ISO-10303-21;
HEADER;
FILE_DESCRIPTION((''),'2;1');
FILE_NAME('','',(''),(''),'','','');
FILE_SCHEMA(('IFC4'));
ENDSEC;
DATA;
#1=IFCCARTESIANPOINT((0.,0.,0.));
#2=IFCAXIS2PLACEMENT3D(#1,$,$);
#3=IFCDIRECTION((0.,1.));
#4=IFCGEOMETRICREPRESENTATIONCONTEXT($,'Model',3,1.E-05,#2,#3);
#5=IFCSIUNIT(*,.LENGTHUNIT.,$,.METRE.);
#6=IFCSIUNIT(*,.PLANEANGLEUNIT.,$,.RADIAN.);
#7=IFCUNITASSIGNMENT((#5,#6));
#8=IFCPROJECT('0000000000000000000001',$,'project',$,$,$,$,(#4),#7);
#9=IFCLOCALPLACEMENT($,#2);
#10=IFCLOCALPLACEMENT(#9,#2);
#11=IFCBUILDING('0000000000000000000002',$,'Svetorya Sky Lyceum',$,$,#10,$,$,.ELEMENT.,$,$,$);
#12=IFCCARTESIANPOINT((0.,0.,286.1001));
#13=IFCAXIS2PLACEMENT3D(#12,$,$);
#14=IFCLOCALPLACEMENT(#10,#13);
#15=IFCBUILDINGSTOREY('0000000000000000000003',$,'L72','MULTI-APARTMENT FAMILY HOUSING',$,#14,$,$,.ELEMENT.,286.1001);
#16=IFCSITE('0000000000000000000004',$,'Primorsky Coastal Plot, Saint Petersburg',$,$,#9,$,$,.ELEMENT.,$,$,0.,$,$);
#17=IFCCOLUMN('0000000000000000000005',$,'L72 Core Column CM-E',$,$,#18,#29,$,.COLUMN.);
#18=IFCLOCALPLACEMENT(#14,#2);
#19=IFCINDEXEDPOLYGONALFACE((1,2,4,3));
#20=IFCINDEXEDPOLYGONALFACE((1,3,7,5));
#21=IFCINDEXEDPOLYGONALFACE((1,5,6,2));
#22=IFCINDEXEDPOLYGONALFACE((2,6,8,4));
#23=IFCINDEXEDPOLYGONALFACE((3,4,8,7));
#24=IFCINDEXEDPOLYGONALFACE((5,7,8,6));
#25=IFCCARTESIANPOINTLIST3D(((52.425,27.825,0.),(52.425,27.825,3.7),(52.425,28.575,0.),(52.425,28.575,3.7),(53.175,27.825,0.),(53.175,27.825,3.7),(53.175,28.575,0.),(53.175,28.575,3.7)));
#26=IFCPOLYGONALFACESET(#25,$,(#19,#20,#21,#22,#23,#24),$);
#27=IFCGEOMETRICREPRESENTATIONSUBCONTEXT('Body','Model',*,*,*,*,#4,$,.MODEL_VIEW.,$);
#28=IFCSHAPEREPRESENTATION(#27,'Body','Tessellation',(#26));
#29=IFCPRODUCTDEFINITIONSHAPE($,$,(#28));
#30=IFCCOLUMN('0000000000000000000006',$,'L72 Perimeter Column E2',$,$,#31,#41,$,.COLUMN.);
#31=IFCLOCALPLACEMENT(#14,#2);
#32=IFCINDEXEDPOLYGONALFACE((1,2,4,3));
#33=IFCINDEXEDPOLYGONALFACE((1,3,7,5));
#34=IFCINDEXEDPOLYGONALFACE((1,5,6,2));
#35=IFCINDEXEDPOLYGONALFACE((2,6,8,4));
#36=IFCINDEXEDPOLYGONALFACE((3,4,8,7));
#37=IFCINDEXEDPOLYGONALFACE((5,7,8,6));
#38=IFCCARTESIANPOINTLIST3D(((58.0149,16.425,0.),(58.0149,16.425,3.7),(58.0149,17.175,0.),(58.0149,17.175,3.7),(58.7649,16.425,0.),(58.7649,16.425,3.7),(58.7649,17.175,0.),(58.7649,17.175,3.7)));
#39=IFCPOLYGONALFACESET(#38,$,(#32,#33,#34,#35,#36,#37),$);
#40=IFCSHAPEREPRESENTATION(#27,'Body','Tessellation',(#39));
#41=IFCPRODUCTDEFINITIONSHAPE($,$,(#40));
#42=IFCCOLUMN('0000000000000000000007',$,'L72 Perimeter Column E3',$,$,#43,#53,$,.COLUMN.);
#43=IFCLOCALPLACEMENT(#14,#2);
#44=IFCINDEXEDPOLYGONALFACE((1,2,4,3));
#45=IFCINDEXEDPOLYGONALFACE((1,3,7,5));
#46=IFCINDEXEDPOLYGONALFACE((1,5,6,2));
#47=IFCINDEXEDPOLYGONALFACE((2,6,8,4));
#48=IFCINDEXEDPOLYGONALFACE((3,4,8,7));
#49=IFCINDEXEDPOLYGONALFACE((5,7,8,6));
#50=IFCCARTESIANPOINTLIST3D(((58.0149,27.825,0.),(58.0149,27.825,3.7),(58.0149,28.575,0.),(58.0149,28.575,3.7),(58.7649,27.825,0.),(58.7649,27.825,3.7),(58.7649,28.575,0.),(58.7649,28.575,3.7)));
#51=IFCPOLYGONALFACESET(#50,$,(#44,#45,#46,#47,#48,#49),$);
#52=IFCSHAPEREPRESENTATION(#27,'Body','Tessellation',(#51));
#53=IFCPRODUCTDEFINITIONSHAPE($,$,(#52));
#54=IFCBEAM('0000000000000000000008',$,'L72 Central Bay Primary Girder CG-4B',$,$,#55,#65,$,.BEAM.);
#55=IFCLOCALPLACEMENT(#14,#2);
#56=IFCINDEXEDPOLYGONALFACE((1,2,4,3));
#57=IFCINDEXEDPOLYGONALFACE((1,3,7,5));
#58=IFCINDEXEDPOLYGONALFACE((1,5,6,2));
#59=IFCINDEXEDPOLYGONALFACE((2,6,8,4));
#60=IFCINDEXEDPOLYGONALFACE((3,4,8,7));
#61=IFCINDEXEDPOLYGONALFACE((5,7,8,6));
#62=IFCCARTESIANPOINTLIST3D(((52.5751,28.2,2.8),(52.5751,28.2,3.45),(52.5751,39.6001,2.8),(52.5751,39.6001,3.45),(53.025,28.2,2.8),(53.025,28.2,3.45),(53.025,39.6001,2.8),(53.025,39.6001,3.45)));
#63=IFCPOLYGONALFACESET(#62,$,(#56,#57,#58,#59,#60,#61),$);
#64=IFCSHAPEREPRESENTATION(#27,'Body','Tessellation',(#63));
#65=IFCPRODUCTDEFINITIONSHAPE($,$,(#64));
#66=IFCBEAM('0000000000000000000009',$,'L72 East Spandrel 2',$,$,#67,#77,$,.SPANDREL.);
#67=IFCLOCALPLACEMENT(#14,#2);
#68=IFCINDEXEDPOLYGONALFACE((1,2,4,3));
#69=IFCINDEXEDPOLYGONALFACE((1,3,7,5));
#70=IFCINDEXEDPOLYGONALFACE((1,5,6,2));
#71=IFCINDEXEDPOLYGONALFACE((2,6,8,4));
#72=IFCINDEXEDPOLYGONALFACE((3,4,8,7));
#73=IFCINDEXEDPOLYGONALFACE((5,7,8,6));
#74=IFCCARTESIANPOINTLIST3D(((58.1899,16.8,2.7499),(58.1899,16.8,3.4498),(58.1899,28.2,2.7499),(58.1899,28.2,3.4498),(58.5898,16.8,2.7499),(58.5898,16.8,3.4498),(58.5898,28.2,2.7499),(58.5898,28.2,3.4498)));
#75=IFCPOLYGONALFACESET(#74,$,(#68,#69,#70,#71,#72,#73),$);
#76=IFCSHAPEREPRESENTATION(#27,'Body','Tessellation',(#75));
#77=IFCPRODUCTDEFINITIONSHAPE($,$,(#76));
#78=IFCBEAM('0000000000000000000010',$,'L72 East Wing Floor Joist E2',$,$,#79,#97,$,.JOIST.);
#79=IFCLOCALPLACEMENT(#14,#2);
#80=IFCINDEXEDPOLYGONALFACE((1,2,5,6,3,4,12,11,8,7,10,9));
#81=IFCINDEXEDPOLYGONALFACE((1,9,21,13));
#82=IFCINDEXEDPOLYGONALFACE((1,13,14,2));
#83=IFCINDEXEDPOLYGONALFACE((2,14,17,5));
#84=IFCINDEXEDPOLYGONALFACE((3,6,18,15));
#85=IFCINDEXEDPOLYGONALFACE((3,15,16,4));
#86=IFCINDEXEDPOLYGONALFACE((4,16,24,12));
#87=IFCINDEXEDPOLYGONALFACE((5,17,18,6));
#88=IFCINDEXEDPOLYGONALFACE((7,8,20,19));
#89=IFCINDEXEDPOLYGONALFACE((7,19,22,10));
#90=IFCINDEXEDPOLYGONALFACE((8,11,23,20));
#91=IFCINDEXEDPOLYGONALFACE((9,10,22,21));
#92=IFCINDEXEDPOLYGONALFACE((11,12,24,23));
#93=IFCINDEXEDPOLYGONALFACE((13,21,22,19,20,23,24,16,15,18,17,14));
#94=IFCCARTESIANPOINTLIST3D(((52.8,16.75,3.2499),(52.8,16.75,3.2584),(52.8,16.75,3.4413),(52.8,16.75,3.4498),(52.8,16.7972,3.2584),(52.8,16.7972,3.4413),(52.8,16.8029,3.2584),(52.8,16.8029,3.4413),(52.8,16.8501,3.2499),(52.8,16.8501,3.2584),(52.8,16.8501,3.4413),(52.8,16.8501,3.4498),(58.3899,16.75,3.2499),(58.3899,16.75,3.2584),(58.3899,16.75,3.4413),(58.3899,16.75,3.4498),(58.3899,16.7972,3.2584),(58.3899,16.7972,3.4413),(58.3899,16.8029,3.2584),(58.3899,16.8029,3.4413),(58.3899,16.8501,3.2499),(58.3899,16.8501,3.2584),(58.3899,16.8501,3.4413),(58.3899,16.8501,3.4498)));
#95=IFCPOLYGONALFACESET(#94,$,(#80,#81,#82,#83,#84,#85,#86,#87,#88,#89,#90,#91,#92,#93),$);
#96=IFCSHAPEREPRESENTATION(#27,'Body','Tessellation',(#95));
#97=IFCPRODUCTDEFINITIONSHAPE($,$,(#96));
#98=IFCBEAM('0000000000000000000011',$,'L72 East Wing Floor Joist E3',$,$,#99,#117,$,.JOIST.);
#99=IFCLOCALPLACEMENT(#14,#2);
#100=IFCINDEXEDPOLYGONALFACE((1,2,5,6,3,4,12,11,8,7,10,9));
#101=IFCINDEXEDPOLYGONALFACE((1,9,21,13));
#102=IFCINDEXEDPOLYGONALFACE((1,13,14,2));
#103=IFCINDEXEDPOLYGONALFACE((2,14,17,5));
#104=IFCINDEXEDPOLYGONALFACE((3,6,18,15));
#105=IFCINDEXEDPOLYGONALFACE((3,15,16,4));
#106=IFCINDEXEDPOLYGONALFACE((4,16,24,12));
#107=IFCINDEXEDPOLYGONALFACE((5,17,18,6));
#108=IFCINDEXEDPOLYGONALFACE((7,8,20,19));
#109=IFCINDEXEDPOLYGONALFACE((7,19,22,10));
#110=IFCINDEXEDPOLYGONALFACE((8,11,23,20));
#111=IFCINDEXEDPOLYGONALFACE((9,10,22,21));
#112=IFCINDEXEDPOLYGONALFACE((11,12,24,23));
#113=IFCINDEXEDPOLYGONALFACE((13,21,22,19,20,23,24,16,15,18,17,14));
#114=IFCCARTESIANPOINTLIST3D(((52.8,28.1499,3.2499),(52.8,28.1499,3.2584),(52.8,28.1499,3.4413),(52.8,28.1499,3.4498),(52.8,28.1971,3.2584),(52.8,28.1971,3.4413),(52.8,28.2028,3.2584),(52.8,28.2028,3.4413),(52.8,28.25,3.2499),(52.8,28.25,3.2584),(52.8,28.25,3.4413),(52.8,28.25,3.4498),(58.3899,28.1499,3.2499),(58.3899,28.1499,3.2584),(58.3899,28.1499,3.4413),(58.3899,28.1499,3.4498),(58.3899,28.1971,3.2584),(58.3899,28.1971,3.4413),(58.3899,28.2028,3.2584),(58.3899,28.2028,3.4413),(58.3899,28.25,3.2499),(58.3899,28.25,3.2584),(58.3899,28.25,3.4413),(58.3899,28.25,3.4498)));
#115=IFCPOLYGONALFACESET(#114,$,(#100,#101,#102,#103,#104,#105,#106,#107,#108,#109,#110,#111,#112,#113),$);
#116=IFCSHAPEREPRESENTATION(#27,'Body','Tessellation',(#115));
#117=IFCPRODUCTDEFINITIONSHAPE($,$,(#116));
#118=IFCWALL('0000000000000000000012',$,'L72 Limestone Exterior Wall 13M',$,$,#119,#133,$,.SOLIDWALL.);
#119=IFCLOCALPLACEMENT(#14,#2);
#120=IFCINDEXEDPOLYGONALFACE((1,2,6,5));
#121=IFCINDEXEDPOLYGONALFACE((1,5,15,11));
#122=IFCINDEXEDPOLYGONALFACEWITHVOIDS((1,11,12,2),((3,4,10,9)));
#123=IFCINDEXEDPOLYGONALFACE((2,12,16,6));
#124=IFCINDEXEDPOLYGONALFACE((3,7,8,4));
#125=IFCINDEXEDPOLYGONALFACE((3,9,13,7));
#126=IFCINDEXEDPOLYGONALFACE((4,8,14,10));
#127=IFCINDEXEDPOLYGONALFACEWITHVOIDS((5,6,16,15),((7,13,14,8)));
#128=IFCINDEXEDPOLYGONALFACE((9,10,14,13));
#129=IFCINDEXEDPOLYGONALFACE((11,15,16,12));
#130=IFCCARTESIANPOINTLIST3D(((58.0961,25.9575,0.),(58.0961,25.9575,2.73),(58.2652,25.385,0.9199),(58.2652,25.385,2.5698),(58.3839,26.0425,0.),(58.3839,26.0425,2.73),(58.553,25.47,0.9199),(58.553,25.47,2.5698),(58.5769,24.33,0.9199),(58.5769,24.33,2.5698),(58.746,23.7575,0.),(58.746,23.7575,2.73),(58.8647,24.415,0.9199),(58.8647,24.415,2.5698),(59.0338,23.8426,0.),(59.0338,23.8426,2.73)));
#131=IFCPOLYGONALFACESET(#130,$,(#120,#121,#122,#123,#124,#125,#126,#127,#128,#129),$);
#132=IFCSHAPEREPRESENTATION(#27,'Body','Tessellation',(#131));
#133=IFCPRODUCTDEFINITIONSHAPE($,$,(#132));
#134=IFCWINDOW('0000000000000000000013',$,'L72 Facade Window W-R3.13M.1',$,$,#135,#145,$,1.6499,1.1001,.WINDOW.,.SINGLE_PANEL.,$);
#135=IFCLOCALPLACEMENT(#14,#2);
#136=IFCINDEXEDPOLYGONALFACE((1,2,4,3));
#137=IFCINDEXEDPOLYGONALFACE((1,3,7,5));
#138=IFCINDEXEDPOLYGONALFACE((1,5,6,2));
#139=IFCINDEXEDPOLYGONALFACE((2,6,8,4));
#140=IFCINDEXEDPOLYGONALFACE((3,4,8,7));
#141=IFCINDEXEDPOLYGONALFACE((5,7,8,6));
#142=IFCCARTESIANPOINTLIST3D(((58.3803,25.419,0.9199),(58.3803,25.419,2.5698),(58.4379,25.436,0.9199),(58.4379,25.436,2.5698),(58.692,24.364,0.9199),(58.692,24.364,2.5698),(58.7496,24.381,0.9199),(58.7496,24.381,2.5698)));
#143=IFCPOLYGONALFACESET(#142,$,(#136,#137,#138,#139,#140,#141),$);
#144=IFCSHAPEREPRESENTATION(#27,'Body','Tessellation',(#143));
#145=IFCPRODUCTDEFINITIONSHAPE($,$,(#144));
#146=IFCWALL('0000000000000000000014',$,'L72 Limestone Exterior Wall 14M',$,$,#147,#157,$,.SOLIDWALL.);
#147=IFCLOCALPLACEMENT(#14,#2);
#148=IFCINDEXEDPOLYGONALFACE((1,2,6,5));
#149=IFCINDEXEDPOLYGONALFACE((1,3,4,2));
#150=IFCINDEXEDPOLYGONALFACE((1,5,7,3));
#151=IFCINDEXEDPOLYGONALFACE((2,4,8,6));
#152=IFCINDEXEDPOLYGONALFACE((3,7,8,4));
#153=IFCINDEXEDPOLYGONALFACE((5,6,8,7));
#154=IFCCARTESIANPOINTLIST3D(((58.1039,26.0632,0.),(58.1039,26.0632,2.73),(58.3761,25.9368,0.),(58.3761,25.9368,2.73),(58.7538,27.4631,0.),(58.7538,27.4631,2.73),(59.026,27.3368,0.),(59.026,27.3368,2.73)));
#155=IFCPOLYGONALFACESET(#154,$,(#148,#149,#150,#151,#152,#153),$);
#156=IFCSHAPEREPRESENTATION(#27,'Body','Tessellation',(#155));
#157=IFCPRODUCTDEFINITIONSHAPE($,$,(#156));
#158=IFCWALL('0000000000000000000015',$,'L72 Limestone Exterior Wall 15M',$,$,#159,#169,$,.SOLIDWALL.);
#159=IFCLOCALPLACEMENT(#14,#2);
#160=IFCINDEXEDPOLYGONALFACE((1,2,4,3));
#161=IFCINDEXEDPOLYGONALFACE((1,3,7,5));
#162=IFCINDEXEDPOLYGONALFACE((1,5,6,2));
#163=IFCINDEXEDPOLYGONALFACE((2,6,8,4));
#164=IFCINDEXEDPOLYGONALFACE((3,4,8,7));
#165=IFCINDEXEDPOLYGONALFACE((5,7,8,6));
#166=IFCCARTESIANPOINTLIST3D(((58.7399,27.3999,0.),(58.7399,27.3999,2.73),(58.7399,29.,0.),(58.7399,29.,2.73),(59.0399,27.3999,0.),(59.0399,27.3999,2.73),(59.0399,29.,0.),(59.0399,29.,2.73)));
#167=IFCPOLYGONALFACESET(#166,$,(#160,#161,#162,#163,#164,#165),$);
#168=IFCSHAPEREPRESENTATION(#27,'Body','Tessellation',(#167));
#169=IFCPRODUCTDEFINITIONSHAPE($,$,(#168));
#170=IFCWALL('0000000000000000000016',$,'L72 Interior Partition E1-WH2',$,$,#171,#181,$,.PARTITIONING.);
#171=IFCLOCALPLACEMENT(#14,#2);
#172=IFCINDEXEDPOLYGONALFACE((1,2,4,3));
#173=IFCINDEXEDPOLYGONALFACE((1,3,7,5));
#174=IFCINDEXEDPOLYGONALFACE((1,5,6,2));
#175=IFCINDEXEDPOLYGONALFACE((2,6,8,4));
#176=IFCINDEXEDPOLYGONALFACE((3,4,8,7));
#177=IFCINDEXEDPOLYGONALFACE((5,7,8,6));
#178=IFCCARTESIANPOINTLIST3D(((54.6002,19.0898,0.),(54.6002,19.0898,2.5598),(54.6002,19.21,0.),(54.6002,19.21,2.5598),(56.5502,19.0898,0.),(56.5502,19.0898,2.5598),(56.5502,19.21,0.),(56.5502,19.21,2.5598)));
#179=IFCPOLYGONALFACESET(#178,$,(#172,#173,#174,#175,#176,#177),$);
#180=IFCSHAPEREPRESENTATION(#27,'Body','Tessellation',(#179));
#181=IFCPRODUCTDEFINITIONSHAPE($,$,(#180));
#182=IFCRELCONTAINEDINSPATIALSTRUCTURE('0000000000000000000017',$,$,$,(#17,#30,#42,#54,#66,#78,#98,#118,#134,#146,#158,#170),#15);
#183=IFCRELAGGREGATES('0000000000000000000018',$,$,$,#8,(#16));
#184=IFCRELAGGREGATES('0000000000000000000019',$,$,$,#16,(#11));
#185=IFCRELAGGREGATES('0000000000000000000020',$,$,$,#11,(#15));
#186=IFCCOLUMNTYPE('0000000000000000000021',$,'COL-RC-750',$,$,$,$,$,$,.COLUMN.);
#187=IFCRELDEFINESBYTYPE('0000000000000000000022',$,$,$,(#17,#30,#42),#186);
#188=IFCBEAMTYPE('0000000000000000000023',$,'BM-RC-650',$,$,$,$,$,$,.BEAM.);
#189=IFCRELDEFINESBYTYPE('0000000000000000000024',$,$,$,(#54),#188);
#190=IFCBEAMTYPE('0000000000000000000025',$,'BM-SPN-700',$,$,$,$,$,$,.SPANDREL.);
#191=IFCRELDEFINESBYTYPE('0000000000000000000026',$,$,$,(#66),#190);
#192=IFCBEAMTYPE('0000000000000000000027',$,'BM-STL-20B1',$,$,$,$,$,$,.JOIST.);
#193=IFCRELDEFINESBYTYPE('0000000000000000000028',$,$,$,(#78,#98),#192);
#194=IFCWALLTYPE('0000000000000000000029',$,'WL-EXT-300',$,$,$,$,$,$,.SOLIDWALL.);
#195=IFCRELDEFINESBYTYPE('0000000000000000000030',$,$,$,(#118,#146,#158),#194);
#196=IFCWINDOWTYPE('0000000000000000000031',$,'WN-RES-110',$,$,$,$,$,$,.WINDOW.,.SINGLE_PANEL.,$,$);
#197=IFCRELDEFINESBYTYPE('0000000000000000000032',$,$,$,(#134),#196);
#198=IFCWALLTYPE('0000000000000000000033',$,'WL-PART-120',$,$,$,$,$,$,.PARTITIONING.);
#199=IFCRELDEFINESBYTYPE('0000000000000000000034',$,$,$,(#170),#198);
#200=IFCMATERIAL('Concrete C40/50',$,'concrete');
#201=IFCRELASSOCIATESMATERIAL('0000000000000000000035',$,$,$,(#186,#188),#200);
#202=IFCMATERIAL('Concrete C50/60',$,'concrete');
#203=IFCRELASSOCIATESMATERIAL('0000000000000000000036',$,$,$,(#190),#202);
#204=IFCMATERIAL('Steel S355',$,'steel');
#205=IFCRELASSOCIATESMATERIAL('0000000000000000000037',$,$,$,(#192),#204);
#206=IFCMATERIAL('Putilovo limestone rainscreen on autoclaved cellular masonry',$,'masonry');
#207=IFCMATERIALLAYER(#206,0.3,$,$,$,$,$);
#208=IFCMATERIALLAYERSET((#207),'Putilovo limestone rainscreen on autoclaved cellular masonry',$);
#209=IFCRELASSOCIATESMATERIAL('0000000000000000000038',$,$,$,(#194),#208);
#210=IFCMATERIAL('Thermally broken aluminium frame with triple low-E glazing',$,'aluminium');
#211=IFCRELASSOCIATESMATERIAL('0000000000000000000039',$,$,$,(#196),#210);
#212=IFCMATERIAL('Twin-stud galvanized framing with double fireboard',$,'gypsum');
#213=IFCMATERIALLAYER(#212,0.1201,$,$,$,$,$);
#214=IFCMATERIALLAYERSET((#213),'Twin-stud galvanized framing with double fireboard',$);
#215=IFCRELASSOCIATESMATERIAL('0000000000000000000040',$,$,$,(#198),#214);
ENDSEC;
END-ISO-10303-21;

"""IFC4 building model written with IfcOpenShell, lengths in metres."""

from ifc_helpers import new_model, si_unit, direction, frame, frame_2d, origin, origin_2d, place, context, subcontext, project, spatial, rectangle, i_section, extrude, material, layer, layer_set, material_profile, profile_set, type_object, element, fill, save


model = new_model("IFC4")

# Units and contexts
model_context = context("Model", 3, precision=1e-05, world=origin(), true_north=direction((0.0, 1.0)))
body_context = subcontext(model_context, "Body", "Model", "MODEL_VIEW")
ifc_project = project(units=[si_unit("LENGTHUNIT", "METRE"), si_unit("PLANEANGLEUNIT", "RADIAN")], contexts=[model_context])

# Site, building, storey
site_placement = place(None, origin())
site = spatial("IfcSite", under=ifc_project, at=site_placement, Name="Primorsky Coastal Plot, Saint Petersburg", CompositionType="ELEMENT", RefElevation=0.0)
building_placement = place(site_placement, origin())
building = spatial("IfcBuilding", under=site, at=building_placement, Name="Svetorya Sky Lyceum", CompositionType="ELEMENT")
storey_placement = place(building_placement, frame((0.0, 0.0, 286.1001)))
storey = spatial("IfcBuildingStorey", under=building, at=storey_placement, Name="L72", Description="MULTI-APARTMENT FAMILY HOUSING", CompositionType="ELEMENT", Elevation=286.1001)

# Columns
ifc_material_1 = material(Name="Concrete C40/50", Category="concrete")
ifc_material_profile_1 = material_profile(ifc_material_1, rectangle(XDim=0.75, YDim=0.75, at=origin_2d()), Name="RC COL 750x750")
ifc_profile_set_1 = profile_set([ifc_material_profile_1], Name="Concrete C40/50")
column_type = type_object("IfcColumnType", Name="COL-RC-750", PredefinedType="COLUMN", material=ifc_profile_set_1)
for number, where, z_axis, x_axis, name in (
    (1, (52.8, 28.2, 0.0), (0.0, 0.0, 1.0), (1.0, 0.0, 0.0), "L72 Core Column CM-E"),
    (2, (58.3899, 16.8, 0.0), (0.0, 0.0, 1.0), (1.0, 0.0, 0.0), "L72 Perimeter Column E2"),
    (3, (58.3899, 28.2, 0.0), (0.0, 0.0, 1.0), (1.0, 0.0, 0.0), "L72 Perimeter Column E3"),
):
    element("IfcColumn", number, at=place(storey_placement, frame(where, z_axis=z_axis, x_axis=x_axis)), inside=storey, type_object=column_type, Name=name, PredefinedType="COLUMN", context=body_context, shape_type="SweptSolid", body=[
        extrude(rectangle(XDim=0.75, YDim=0.75, at=origin_2d()), origin(), (0.0, 0.0, 1.0), 3.7),
    ])

# Beams
ifc_material_profile_2 = material_profile(ifc_material_1, rectangle(XDim=0.45, YDim=0.6499, at=origin_2d()), Name="RC BEAM 450x650")
ifc_profile_set_2 = profile_set([ifc_material_profile_2], Name="Concrete C40/50")
beam_type_1 = type_object("IfcBeamType", Name="BM-RC-650", PredefinedType="BEAM", material=ifc_profile_set_2)
beam_1_placement = place(storey_placement, frame((52.8, 28.2, 3.125), z_axis=(0.0, 1.0, 0.0), x_axis=(-1.0, 0.0, 0.0)))
element("IfcBeam", 4, at=beam_1_placement, inside=storey, type_object=beam_type_1, Name="L72 Central Bay Primary Girder CG-4B", PredefinedType="BEAM", context=body_context, shape_type="SweptSolid", body=[
    extrude(rectangle(XDim=0.45, YDim=0.6499, at=origin_2d()), origin(), (0.0, 0.0, 1.0), 11.4001),
])
ifc_material_2 = material(Name="Concrete C50/60", Category="concrete")
ifc_material_profile_3 = material_profile(ifc_material_2, rectangle(XDim=0.3999, YDim=0.7, at=origin_2d()), Name="RC SPANDREL 400x700")
ifc_profile_set_3 = profile_set([ifc_material_profile_3], Name="Concrete C50/60")
beam_type_2 = type_object("IfcBeamType", Name="BM-SPN-700", PredefinedType="SPANDREL", material=ifc_profile_set_3)
beam_2_placement = place(storey_placement, frame((58.3899, 16.8, 3.0999), z_axis=(0.0, 1.0, 0.0), x_axis=(-1.0, 0.0, 0.0)))
element("IfcBeam", 5, at=beam_2_placement, inside=storey, type_object=beam_type_2, Name="L72 East Spandrel 2", PredefinedType="SPANDREL", context=body_context, shape_type="SweptSolid", body=[
    extrude(rectangle(XDim=0.3999, YDim=0.7, at=origin_2d()), origin(), (0.0, 0.0, 1.0), 11.3999),
])
ifc_material_3 = material(Name="Steel S355", Category="steel")
ifc_material_profile_4 = material_profile(ifc_material_3, i_section(OverallWidth=0.1001, OverallDepth=0.2, WebThickness=0.0056, FlangeThickness=0.0085, at=origin_2d()), Name="GOST 20B1")
ifc_profile_set_4 = profile_set([ifc_material_profile_4], Name="Steel S355")
beam_type_3 = type_object("IfcBeamType", Name="BM-STL-20B1", PredefinedType="JOIST", material=ifc_profile_set_4)
for number, where, z_axis, x_axis, name in (
    (6, (52.8, 16.8, 3.3499), (1.0, 0.0, 0.0), (0.0, 1.0, 0.0), "L72 East Wing Floor Joist E2"),
    (7, (52.8, 28.2, 3.3499), (1.0, 0.0, 0.0), (0.0, 1.0, 0.0), "L72 East Wing Floor Joist E3"),
):
    element("IfcBeam", number, at=place(storey_placement, frame(where, z_axis=z_axis, x_axis=x_axis)), inside=storey, type_object=beam_type_3, Name=name, PredefinedType="JOIST", context=body_context, shape_type="SweptSolid", body=[
        extrude(i_section(OverallWidth=0.1001, OverallDepth=0.2, WebThickness=0.0056, FlangeThickness=0.0085, at=origin_2d()), origin(), (0.0, 0.0, 1.0), 5.5898),
    ])

# Wall, opening, window
ifc_material_4 = material(Name="Putilovo limestone rainscreen on autoclaved cellular masonry", Category="masonry")
ifc_layer_1 = layer(ifc_material_4, 0.3)
ifc_layer_set_1 = layer_set([ifc_layer_1], Name="Putilovo limestone rainscreen on autoclaved cellular masonry")
wall_type_1 = type_object("IfcWallType", Name="WL-EXT-300", PredefinedType="SOLIDWALL", material=ifc_layer_set_1)
wall_1_placement = place(storey_placement, frame((58.8899, 23.8, 0.0), z_axis=(0.0, 0.0, 1.0), x_axis=(-0.283313, 0.959028, 0.0)))
wall_1 = element("IfcWall", 8, at=wall_1_placement, inside=storey, type_object=wall_type_1, Name="L72 Limestone Exterior Wall 13M", PredefinedType="SOLIDWALL", context=body_context, shape_type="SweptSolid", body=[
    extrude(rectangle(XDim=2.2939, YDim=0.3, at=frame_2d((1.147, 0.0))), origin(), (0.0, 0.0, 1.0), 2.73),
])
opening_1_placement = place(wall_1_placement, frame((0.5969, 0.0, 0.9199)))
opening_1 = element("IfcOpeningElement", 9, at=opening_1_placement, cuts=wall_1, PredefinedType="OPENING", context=body_context, shape_type="SweptSolid", body=[
    extrude(rectangle(XDim=1.1001, YDim=1.6499, at=frame_2d((0.55, 0.825))), frame((0.0, 0.1599, 0.0), z_axis=(0.0, -1.0, 0.0), x_axis=(1.0, 0.0, 0.0)), (0.0, 0.0, 1.0), 0.3201),
])
ifc_material_5 = material(Name="Thermally broken aluminium frame with triple low-E glazing", Category="aluminium")
window_type = type_object("IfcWindowType", Name="WN-RES-110", PartitioningType="SINGLE_PANEL", PredefinedType="WINDOW", material=ifc_material_5)
window_placement = place(opening_1_placement, origin())
window = element("IfcWindow", 10, at=window_placement, inside=storey, type_object=window_type, Name="L72 Facade Window W-R3.13M.1", OverallHeight=1.6499, OverallWidth=1.1001, PartitioningType="SINGLE_PANEL", PredefinedType="WINDOW", context=body_context, shape_type="SweptSolid", body=[
    extrude(rectangle(XDim=1.1001, YDim=1.6499, at=frame_2d((0.55, 0.825))), frame((0.0, 0.03, 0.0), z_axis=(0.0, -1.0, 0.0), x_axis=(1.0, 0.0, 0.0)), (0.0, 0.0, 1.0), 0.0601),
])
fill(opening_1, window)

# Walls
wall_2_placement = place(storey_placement, frame((58.24, 26.0, 0.0), z_axis=(0.0, 0.0, 1.0), x_axis=(0.421083, 0.907022, 0.0)))
element("IfcWall", 11, at=wall_2_placement, inside=storey, type_object=wall_type_1, Name="L72 Limestone Exterior Wall 14M", PredefinedType="SOLIDWALL", context=body_context, shape_type="SweptSolid", body=[
    extrude(rectangle(XDim=1.5435, YDim=0.3, at=frame_2d((0.7717, 0.0))), origin(), (0.0, 0.0, 1.0), 2.73),
])
wall_3_placement = place(storey_placement, frame((58.8899, 27.3999, 0.0), z_axis=(0.0, 0.0, 1.0), x_axis=(0.0, 1.0, 0.0)))
element("IfcWall", 12, at=wall_3_placement, inside=storey, type_object=wall_type_1, Name="L72 Limestone Exterior Wall 15M", PredefinedType="SOLIDWALL", context=body_context, shape_type="SweptSolid", body=[
    extrude(rectangle(XDim=1.6001, YDim=0.3, at=frame_2d((0.8, 0.0))), origin(), (0.0, 0.0, 1.0), 2.73),
])
ifc_material_6 = material(Name="Twin-stud galvanized framing with double fireboard", Category="gypsum")
ifc_layer_2 = layer(ifc_material_6, 0.1201)
ifc_layer_set_2 = layer_set([ifc_layer_2], Name="Twin-stud galvanized framing with double fireboard")
wall_type_2 = type_object("IfcWallType", Name="WL-PART-120", PredefinedType="PARTITIONING", material=ifc_layer_set_2)
wall_4_placement = place(storey_placement, frame((54.6001, 19.1499, 0.0), z_axis=(0.0, 0.0, 1.0), x_axis=(1.0, 0.0, 0.0)))
element("IfcWall", 13, at=wall_4_placement, inside=storey, type_object=wall_type_2, Name="L72 Interior Partition E1-WH2", PredefinedType="PARTITIONING", context=body_context, shape_type="SweptSolid", body=[
    extrude(rectangle(XDim=1.95, YDim=0.1201, at=frame_2d((0.9751, 0.0))), origin(), (0.0, 0.0, 1.0), 2.5598),
])

save(model, "model.ifc")
